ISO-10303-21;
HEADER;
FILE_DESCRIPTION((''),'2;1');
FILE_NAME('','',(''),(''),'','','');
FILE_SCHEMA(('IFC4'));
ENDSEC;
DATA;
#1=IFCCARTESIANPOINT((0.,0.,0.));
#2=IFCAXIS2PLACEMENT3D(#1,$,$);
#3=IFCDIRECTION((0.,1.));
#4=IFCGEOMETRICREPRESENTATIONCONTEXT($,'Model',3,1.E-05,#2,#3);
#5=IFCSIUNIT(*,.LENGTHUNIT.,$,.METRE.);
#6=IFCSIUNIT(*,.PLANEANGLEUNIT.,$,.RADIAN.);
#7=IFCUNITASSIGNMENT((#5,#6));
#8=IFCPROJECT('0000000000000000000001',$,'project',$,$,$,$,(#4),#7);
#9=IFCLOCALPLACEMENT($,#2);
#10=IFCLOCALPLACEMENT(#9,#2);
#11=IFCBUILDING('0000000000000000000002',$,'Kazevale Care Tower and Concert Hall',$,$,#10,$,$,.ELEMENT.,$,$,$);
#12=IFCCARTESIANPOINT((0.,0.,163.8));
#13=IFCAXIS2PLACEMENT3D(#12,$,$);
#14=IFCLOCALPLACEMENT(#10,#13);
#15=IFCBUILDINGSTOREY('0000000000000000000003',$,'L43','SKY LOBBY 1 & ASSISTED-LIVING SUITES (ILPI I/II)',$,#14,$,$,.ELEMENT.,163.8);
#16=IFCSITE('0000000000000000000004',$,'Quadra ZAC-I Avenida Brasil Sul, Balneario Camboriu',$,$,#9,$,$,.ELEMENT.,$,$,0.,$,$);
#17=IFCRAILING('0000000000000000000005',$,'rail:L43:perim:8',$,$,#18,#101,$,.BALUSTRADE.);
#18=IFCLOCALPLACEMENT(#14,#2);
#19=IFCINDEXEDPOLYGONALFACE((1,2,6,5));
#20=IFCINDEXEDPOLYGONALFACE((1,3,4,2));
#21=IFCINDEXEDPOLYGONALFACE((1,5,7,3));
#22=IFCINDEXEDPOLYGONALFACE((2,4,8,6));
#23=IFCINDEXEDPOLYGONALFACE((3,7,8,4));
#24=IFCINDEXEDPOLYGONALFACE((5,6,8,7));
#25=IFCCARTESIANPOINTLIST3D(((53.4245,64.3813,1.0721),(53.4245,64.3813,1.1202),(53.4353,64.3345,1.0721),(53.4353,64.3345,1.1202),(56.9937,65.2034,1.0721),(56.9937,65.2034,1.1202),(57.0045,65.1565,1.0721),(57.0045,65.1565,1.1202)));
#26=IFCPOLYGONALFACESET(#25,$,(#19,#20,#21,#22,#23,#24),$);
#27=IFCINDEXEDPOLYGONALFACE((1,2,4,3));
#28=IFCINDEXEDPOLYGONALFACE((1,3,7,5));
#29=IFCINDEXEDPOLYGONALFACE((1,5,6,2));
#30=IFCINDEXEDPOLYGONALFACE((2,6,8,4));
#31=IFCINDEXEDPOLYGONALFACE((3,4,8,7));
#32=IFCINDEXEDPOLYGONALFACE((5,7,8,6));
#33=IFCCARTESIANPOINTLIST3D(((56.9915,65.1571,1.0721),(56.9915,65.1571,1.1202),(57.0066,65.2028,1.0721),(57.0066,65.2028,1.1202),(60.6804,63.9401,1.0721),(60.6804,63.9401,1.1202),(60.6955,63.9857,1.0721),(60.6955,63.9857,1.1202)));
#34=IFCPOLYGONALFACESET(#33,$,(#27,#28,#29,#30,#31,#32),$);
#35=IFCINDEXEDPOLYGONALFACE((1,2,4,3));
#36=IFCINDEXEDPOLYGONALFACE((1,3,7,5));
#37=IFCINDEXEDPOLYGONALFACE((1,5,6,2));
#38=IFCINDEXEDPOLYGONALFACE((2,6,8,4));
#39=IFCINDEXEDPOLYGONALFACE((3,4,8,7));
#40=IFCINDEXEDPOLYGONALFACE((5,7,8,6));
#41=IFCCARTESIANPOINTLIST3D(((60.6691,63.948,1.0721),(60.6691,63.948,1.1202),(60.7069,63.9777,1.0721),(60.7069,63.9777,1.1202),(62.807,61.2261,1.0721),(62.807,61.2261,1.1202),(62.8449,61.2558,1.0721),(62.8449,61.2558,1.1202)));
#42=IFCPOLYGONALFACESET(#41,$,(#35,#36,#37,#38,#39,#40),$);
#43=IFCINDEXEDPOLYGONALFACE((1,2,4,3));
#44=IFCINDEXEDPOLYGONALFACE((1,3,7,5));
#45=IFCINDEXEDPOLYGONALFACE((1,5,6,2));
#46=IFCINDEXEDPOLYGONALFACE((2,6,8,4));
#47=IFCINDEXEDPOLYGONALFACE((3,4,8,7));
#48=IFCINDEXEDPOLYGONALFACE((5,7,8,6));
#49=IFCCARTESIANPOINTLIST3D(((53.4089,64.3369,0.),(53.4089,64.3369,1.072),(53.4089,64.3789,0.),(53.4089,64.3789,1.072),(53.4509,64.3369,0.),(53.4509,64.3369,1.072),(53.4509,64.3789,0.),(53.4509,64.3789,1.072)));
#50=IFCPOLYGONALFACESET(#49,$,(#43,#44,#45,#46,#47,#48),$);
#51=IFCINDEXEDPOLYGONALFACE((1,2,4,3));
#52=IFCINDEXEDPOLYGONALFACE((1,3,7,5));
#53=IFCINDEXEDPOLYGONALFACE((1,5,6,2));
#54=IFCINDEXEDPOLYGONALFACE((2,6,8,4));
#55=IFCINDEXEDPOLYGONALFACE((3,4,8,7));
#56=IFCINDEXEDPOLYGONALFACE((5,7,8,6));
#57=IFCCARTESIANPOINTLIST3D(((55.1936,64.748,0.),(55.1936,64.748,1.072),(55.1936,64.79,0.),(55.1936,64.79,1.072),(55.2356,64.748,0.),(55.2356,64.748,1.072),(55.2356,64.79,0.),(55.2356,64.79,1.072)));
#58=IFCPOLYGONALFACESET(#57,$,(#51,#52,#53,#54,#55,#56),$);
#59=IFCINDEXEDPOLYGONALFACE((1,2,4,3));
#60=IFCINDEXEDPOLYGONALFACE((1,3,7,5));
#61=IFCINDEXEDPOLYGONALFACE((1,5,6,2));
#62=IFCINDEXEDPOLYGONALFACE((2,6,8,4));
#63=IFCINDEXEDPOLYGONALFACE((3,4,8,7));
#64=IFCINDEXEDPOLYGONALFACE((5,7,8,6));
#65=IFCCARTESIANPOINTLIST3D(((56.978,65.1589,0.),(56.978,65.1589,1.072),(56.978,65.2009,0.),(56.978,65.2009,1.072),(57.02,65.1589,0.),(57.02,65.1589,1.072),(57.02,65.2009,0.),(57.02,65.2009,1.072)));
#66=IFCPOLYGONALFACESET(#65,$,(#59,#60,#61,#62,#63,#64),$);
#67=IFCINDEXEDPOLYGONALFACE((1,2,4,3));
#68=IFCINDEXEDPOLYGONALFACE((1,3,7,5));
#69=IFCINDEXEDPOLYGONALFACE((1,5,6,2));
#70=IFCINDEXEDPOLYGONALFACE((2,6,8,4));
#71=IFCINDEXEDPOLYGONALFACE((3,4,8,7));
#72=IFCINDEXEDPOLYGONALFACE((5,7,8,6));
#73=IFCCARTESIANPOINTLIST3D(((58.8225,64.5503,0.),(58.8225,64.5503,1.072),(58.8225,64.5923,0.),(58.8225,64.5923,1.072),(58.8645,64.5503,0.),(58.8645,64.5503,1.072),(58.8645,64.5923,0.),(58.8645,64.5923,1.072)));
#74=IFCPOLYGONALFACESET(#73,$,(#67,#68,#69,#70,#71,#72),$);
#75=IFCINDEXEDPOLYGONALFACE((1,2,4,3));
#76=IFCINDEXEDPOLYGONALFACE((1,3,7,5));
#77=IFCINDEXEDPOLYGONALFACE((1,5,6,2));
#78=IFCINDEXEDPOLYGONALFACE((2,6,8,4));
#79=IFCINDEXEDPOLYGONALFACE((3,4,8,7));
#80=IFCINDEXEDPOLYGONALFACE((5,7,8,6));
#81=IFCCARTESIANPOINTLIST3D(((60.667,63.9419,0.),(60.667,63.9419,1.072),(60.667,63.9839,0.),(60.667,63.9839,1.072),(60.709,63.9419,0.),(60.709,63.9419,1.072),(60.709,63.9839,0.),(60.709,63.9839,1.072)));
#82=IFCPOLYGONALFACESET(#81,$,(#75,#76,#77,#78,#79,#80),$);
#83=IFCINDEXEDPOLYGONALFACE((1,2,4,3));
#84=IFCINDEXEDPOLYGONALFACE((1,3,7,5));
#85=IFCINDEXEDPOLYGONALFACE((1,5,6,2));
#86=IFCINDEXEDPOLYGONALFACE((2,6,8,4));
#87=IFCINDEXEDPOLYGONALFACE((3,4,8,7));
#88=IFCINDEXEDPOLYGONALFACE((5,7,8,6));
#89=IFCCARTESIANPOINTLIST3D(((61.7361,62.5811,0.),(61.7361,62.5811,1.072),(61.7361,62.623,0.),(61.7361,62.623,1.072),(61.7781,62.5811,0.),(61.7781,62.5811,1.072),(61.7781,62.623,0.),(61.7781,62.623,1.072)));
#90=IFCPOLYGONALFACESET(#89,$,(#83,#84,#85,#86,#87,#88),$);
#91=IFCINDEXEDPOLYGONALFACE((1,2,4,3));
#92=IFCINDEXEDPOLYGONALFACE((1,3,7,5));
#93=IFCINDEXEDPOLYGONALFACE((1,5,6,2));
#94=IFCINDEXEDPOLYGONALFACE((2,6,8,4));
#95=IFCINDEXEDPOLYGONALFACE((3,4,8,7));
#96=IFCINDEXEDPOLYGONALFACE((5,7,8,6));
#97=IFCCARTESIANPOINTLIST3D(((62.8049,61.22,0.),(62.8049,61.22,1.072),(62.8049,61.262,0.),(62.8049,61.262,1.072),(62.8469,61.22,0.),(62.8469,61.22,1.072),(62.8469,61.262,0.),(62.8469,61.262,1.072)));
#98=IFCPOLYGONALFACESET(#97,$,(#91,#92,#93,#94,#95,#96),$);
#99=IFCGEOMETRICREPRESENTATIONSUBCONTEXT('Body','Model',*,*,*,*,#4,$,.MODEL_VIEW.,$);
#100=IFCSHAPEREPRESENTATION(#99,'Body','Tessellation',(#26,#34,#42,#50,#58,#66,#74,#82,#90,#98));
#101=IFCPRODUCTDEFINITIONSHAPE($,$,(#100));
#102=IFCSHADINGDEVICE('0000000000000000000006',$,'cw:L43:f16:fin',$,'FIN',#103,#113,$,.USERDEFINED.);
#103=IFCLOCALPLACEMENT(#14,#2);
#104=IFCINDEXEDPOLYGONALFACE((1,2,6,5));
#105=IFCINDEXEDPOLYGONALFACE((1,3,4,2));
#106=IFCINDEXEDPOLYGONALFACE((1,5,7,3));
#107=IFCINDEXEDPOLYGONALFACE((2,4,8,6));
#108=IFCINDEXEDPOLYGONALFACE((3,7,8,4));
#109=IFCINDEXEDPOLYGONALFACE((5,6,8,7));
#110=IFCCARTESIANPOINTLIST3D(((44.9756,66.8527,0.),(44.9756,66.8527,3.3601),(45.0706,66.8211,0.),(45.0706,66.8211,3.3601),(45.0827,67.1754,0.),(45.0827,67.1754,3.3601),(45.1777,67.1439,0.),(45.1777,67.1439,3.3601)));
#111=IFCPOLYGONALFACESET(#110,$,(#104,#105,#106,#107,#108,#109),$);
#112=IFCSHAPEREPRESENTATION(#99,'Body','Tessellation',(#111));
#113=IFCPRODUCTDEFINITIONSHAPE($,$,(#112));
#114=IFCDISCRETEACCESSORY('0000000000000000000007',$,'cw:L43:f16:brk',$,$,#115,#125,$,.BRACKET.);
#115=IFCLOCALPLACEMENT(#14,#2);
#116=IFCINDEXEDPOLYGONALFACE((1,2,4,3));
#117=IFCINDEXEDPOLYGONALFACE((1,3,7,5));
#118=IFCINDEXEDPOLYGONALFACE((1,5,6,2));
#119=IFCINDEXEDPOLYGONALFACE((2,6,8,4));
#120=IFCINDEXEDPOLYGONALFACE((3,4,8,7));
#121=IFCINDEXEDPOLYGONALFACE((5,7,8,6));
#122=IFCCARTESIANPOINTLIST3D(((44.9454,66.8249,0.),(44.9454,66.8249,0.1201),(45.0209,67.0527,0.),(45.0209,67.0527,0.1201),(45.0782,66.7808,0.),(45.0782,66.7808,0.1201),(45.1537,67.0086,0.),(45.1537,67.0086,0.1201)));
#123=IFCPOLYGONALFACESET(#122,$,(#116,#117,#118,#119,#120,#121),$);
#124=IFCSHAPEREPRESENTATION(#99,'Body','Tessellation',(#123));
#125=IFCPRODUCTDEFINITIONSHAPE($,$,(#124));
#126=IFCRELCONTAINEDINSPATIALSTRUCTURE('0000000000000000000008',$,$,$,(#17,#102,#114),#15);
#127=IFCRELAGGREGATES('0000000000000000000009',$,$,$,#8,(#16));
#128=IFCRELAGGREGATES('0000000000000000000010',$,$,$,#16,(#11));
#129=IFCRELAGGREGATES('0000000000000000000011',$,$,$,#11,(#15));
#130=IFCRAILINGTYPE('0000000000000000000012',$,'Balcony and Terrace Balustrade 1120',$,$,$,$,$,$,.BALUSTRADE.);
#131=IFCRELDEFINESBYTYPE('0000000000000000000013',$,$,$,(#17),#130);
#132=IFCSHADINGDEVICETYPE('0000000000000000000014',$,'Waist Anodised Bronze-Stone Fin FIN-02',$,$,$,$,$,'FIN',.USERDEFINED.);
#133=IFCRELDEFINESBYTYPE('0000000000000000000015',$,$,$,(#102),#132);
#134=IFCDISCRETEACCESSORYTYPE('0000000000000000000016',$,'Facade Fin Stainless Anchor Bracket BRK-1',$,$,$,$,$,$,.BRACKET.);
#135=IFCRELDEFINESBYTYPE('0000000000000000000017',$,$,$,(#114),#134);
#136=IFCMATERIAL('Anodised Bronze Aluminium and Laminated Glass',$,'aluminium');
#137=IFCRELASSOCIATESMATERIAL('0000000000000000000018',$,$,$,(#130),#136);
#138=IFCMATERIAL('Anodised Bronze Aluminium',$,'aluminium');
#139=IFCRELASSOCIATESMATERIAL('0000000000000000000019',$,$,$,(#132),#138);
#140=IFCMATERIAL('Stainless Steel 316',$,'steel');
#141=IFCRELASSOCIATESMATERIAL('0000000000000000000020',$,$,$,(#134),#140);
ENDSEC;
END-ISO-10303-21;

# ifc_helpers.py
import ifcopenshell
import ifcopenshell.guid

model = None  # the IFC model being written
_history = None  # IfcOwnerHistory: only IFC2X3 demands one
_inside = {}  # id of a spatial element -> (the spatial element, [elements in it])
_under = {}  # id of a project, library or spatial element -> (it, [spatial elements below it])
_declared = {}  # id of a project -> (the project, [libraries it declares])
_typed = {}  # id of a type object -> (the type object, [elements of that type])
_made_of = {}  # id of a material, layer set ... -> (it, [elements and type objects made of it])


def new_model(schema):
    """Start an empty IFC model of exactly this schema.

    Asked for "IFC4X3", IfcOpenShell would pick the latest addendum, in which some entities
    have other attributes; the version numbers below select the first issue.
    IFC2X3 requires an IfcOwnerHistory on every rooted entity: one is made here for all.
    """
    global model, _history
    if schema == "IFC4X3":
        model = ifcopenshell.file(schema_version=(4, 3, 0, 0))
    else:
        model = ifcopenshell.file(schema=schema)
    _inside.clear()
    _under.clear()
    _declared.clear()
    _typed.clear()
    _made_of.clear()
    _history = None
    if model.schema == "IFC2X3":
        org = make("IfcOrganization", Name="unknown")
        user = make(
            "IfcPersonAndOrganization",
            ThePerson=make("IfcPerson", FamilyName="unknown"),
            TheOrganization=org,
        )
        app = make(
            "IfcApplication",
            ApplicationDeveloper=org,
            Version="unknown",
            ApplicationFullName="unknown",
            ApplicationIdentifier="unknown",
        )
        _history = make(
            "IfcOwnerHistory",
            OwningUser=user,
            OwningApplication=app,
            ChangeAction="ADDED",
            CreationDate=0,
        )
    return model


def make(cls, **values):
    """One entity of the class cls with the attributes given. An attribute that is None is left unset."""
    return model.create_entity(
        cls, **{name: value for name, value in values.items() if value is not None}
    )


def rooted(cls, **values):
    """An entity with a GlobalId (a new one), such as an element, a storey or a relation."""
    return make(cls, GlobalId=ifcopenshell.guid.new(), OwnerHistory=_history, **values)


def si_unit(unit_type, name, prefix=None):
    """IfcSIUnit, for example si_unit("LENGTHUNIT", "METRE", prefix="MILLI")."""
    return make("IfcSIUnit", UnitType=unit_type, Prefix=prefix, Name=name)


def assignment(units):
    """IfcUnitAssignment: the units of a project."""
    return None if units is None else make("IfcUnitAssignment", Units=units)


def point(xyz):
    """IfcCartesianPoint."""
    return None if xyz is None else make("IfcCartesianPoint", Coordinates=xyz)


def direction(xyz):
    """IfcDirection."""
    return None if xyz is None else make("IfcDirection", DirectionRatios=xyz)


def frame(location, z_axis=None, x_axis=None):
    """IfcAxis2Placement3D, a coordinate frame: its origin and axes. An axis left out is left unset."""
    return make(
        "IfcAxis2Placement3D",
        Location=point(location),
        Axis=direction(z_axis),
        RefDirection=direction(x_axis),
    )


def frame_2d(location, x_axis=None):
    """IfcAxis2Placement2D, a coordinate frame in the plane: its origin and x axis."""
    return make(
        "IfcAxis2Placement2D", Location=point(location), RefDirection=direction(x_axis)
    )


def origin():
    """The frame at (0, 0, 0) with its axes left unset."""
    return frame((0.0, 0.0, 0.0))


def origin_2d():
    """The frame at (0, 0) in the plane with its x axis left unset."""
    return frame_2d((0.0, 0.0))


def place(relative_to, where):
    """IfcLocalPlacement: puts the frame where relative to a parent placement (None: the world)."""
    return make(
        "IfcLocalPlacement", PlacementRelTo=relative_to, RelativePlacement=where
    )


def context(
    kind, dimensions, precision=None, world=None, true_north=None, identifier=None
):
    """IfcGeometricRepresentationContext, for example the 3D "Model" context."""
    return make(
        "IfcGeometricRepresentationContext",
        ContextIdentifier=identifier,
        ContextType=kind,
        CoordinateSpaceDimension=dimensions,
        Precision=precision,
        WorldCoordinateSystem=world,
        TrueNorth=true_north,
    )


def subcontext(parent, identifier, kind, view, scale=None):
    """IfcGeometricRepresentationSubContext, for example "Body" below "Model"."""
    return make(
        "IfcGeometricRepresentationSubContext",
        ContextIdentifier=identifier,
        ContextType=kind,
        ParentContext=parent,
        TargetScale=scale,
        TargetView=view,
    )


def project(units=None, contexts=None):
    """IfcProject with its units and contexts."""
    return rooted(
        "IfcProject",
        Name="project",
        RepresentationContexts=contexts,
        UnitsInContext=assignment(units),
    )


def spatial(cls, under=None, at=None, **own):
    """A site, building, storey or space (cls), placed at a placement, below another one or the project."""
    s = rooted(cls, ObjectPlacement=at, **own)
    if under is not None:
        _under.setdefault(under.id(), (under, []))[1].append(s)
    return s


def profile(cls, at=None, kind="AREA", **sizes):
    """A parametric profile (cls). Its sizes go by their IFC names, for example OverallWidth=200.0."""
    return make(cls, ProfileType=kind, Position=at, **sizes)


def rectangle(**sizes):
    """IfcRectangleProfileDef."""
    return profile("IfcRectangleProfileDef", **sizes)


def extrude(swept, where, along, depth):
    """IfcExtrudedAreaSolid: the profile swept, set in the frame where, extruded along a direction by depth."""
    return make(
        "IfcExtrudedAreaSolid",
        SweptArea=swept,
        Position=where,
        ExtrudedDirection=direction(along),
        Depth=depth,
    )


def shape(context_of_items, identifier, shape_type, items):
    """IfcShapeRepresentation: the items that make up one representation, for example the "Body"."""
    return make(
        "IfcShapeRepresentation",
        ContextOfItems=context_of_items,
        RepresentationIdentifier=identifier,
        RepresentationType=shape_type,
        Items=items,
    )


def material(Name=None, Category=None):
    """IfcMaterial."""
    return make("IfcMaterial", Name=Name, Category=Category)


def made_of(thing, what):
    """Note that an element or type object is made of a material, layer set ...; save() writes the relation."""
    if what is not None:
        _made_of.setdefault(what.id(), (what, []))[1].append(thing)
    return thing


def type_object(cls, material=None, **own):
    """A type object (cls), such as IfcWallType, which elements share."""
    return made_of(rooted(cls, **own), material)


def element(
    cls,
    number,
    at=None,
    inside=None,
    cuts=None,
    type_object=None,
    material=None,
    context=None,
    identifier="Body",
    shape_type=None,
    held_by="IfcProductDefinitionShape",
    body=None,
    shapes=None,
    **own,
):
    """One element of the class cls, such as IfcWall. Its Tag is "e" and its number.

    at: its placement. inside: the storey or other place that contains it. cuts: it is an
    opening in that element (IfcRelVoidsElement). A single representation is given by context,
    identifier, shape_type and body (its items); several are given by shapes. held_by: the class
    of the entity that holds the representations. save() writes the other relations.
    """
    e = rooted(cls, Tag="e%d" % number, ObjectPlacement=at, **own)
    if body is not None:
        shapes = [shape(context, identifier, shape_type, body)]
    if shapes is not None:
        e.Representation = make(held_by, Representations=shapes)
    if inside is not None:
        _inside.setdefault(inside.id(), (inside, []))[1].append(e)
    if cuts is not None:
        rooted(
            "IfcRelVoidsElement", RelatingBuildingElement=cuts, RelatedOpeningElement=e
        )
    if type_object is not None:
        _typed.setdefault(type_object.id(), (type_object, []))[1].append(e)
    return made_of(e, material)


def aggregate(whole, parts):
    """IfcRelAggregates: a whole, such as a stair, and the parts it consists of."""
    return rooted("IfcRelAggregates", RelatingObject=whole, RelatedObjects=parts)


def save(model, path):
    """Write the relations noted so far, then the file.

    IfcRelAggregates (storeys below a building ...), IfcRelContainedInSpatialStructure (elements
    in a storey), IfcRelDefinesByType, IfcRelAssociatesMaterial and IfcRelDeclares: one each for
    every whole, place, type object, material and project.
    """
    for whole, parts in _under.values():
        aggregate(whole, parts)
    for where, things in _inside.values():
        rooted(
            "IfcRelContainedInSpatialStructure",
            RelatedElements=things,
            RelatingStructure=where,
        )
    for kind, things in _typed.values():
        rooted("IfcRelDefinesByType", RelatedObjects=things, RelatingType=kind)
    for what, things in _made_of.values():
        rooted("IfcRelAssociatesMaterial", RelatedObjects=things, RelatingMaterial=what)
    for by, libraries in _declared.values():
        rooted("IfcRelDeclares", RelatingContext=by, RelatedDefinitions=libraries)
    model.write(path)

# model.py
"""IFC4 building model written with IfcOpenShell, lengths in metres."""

from ifc_helpers import new_model, si_unit, direction, frame, origin, origin_2d, place, context, subcontext, project, spatial, rectangle, extrude, material, type_object, element, save


model = new_model("IFC4")

# Units and contexts
model_context = context("Model", 3, precision=1e-05, world=origin(), true_north=direction((0.0, 1.0)))
body_context = subcontext(model_context, "Body", "Model", "MODEL_VIEW")
ifc_project = project(units=[si_unit("LENGTHUNIT", "METRE"), si_unit("PLANEANGLEUNIT", "RADIAN")], contexts=[model_context])

# Site, building, storey
site_placement = place(None, origin())
site = spatial("IfcSite", under=ifc_project, at=site_placement, Name="Quadra ZAC-I Avenida Brasil Sul, Balneario Camboriu", CompositionType="ELEMENT", RefElevation=0.0)
building_placement = place(site_placement, origin())
building = spatial("IfcBuilding", under=site, at=building_placement, Name="Kazevale Care Tower and Concert Hall", CompositionType="ELEMENT")
storey_placement = place(building_placement, frame((0.0, 0.0, 163.8)))
storey = spatial("IfcBuildingStorey", under=building, at=storey_placement, Name="L43", Description="SKY LOBBY 1 & ASSISTED-LIVING SUITES (ILPI I/II)", CompositionType="ELEMENT", Elevation=163.8)

# Railing
ifc_material_1 = material(Name="Anodised Bronze Aluminium and Laminated Glass", Category="aluminium")
railing_type = type_object("IfcRailingType", Name="Balcony and Terrace Balustrade 1120", PredefinedType="BALUSTRADE", material=ifc_material_1)
railing_1_placement = place(storey_placement, frame((53.4299, 64.3579, 0.0)))
element("IfcRailing", 1, at=railing_1_placement, inside=storey, type_object=railing_type, Name="rail:L43:perim:8", PredefinedType="BALUSTRADE", context=body_context, shape_type="SweptSolid", body=[
    extrude(rectangle(XDim=0.0481, YDim=0.0481, at=origin_2d()), frame((0.0, 0.0, 1.0962), z_axis=(0.974488, 0.224441, 0.0), x_axis=(-0.224441, 0.974488, 0.0)), (0.0, 0.0, 1.0), 3.6626),
    extrude(rectangle(XDim=0.0481, YDim=0.0481, at=origin_2d()), frame((3.5691, 0.822, 1.0962), z_axis=(0.949653, -0.313304, 0.0), x_axis=(0.313304, 0.949653, 0.0)), (0.0, 0.0, 1.0), 3.8845),
    extrude(rectangle(XDim=0.0481, YDim=0.0481, at=origin_2d()), frame((7.2581, -0.395, 1.0962), z_axis=(0.617694, -0.786419, 0.0), x_axis=(0.786419, 0.617694, 0.0)), (0.0, 0.0, 1.0), 3.4612),
    extrude(rectangle(XDim=0.042, YDim=0.042, at=origin_2d()), origin(), (0.0, 0.0, 1.0), 1.072),
    extrude(rectangle(XDim=0.042, YDim=0.042, at=origin_2d()), frame((1.7847, 0.4111, 0.0)), (0.0, 0.0, 1.0), 1.072),
    extrude(rectangle(XDim=0.042, YDim=0.042, at=origin_2d()), frame((3.5691, 0.822, 0.0)), (0.0, 0.0, 1.0), 1.072),
    extrude(rectangle(XDim=0.042, YDim=0.042, at=origin_2d()), frame((5.4136, 0.2134, 0.0)), (0.0, 0.0, 1.0), 1.072),
    extrude(rectangle(XDim=0.042, YDim=0.042, at=origin_2d()), frame((7.2581, -0.395, 0.0)), (0.0, 0.0, 1.0), 1.072),
    extrude(rectangle(XDim=0.042, YDim=0.042, at=origin_2d()), frame((8.3271, -1.7559, 0.0)), (0.0, 0.0, 1.0), 1.072),
    extrude(rectangle(XDim=0.042, YDim=0.042, at=origin_2d()), frame((9.396, -3.1169, 0.0)), (0.0, 0.0, 1.0), 1.072),
])

# Shading device
ifc_material_2 = material(Name="Anodised Bronze Aluminium", Category="aluminium")
shading_device_type = type_object("IfcShadingDeviceType", Name="Waist Anodised Bronze-Stone Fin FIN-02", ElementType="FIN", PredefinedType="USERDEFINED", material=ifc_material_2)
shading_device_placement = place(storey_placement, frame((45.0767, 66.9983, 0.0), z_axis=(0.0, 0.0, 1.0), x_axis=(0.314821, 0.949151, 0.0)))
element("IfcShadingDevice", 2, at=shading_device_placement, inside=storey, type_object=shading_device_type, Name="cw:L43:f16:fin", ObjectType="FIN", PredefinedType="USERDEFINED", context=body_context, shape_type="SweptSolid", body=[
    extrude(rectangle(XDim=0.3401, YDim=0.1001, at=origin_2d()), origin(), (0.0, 0.0, 1.0), 3.3601),
])

# Discrete accessory
ifc_material_3 = material(Name="Stainless Steel 316", Category="steel")
discrete_accessory_type = type_object("IfcDiscreteAccessoryType", Name="Facade Fin Stainless Anchor Bracket BRK-1", PredefinedType="BRACKET", material=ifc_material_3)
discrete_accessory_placement = place(storey_placement, frame((45.0496, 66.9167, 0.0), z_axis=(0.0, 0.0, 1.0), x_axis=(0.314821, 0.949151, 0.0)))
element("IfcDiscreteAccessory", 3, at=discrete_accessory_placement, inside=storey, type_object=discrete_accessory_type, Name="cw:L43:f16:brk", PredefinedType="BRACKET", context=body_context, shape_type="SweptSolid", body=[
    extrude(rectangle(XDim=0.24, YDim=0.1399, at=origin_2d()), origin(), (0.0, 0.0, 1.0), 0.1201),
])

save(model, "model.ifc")
